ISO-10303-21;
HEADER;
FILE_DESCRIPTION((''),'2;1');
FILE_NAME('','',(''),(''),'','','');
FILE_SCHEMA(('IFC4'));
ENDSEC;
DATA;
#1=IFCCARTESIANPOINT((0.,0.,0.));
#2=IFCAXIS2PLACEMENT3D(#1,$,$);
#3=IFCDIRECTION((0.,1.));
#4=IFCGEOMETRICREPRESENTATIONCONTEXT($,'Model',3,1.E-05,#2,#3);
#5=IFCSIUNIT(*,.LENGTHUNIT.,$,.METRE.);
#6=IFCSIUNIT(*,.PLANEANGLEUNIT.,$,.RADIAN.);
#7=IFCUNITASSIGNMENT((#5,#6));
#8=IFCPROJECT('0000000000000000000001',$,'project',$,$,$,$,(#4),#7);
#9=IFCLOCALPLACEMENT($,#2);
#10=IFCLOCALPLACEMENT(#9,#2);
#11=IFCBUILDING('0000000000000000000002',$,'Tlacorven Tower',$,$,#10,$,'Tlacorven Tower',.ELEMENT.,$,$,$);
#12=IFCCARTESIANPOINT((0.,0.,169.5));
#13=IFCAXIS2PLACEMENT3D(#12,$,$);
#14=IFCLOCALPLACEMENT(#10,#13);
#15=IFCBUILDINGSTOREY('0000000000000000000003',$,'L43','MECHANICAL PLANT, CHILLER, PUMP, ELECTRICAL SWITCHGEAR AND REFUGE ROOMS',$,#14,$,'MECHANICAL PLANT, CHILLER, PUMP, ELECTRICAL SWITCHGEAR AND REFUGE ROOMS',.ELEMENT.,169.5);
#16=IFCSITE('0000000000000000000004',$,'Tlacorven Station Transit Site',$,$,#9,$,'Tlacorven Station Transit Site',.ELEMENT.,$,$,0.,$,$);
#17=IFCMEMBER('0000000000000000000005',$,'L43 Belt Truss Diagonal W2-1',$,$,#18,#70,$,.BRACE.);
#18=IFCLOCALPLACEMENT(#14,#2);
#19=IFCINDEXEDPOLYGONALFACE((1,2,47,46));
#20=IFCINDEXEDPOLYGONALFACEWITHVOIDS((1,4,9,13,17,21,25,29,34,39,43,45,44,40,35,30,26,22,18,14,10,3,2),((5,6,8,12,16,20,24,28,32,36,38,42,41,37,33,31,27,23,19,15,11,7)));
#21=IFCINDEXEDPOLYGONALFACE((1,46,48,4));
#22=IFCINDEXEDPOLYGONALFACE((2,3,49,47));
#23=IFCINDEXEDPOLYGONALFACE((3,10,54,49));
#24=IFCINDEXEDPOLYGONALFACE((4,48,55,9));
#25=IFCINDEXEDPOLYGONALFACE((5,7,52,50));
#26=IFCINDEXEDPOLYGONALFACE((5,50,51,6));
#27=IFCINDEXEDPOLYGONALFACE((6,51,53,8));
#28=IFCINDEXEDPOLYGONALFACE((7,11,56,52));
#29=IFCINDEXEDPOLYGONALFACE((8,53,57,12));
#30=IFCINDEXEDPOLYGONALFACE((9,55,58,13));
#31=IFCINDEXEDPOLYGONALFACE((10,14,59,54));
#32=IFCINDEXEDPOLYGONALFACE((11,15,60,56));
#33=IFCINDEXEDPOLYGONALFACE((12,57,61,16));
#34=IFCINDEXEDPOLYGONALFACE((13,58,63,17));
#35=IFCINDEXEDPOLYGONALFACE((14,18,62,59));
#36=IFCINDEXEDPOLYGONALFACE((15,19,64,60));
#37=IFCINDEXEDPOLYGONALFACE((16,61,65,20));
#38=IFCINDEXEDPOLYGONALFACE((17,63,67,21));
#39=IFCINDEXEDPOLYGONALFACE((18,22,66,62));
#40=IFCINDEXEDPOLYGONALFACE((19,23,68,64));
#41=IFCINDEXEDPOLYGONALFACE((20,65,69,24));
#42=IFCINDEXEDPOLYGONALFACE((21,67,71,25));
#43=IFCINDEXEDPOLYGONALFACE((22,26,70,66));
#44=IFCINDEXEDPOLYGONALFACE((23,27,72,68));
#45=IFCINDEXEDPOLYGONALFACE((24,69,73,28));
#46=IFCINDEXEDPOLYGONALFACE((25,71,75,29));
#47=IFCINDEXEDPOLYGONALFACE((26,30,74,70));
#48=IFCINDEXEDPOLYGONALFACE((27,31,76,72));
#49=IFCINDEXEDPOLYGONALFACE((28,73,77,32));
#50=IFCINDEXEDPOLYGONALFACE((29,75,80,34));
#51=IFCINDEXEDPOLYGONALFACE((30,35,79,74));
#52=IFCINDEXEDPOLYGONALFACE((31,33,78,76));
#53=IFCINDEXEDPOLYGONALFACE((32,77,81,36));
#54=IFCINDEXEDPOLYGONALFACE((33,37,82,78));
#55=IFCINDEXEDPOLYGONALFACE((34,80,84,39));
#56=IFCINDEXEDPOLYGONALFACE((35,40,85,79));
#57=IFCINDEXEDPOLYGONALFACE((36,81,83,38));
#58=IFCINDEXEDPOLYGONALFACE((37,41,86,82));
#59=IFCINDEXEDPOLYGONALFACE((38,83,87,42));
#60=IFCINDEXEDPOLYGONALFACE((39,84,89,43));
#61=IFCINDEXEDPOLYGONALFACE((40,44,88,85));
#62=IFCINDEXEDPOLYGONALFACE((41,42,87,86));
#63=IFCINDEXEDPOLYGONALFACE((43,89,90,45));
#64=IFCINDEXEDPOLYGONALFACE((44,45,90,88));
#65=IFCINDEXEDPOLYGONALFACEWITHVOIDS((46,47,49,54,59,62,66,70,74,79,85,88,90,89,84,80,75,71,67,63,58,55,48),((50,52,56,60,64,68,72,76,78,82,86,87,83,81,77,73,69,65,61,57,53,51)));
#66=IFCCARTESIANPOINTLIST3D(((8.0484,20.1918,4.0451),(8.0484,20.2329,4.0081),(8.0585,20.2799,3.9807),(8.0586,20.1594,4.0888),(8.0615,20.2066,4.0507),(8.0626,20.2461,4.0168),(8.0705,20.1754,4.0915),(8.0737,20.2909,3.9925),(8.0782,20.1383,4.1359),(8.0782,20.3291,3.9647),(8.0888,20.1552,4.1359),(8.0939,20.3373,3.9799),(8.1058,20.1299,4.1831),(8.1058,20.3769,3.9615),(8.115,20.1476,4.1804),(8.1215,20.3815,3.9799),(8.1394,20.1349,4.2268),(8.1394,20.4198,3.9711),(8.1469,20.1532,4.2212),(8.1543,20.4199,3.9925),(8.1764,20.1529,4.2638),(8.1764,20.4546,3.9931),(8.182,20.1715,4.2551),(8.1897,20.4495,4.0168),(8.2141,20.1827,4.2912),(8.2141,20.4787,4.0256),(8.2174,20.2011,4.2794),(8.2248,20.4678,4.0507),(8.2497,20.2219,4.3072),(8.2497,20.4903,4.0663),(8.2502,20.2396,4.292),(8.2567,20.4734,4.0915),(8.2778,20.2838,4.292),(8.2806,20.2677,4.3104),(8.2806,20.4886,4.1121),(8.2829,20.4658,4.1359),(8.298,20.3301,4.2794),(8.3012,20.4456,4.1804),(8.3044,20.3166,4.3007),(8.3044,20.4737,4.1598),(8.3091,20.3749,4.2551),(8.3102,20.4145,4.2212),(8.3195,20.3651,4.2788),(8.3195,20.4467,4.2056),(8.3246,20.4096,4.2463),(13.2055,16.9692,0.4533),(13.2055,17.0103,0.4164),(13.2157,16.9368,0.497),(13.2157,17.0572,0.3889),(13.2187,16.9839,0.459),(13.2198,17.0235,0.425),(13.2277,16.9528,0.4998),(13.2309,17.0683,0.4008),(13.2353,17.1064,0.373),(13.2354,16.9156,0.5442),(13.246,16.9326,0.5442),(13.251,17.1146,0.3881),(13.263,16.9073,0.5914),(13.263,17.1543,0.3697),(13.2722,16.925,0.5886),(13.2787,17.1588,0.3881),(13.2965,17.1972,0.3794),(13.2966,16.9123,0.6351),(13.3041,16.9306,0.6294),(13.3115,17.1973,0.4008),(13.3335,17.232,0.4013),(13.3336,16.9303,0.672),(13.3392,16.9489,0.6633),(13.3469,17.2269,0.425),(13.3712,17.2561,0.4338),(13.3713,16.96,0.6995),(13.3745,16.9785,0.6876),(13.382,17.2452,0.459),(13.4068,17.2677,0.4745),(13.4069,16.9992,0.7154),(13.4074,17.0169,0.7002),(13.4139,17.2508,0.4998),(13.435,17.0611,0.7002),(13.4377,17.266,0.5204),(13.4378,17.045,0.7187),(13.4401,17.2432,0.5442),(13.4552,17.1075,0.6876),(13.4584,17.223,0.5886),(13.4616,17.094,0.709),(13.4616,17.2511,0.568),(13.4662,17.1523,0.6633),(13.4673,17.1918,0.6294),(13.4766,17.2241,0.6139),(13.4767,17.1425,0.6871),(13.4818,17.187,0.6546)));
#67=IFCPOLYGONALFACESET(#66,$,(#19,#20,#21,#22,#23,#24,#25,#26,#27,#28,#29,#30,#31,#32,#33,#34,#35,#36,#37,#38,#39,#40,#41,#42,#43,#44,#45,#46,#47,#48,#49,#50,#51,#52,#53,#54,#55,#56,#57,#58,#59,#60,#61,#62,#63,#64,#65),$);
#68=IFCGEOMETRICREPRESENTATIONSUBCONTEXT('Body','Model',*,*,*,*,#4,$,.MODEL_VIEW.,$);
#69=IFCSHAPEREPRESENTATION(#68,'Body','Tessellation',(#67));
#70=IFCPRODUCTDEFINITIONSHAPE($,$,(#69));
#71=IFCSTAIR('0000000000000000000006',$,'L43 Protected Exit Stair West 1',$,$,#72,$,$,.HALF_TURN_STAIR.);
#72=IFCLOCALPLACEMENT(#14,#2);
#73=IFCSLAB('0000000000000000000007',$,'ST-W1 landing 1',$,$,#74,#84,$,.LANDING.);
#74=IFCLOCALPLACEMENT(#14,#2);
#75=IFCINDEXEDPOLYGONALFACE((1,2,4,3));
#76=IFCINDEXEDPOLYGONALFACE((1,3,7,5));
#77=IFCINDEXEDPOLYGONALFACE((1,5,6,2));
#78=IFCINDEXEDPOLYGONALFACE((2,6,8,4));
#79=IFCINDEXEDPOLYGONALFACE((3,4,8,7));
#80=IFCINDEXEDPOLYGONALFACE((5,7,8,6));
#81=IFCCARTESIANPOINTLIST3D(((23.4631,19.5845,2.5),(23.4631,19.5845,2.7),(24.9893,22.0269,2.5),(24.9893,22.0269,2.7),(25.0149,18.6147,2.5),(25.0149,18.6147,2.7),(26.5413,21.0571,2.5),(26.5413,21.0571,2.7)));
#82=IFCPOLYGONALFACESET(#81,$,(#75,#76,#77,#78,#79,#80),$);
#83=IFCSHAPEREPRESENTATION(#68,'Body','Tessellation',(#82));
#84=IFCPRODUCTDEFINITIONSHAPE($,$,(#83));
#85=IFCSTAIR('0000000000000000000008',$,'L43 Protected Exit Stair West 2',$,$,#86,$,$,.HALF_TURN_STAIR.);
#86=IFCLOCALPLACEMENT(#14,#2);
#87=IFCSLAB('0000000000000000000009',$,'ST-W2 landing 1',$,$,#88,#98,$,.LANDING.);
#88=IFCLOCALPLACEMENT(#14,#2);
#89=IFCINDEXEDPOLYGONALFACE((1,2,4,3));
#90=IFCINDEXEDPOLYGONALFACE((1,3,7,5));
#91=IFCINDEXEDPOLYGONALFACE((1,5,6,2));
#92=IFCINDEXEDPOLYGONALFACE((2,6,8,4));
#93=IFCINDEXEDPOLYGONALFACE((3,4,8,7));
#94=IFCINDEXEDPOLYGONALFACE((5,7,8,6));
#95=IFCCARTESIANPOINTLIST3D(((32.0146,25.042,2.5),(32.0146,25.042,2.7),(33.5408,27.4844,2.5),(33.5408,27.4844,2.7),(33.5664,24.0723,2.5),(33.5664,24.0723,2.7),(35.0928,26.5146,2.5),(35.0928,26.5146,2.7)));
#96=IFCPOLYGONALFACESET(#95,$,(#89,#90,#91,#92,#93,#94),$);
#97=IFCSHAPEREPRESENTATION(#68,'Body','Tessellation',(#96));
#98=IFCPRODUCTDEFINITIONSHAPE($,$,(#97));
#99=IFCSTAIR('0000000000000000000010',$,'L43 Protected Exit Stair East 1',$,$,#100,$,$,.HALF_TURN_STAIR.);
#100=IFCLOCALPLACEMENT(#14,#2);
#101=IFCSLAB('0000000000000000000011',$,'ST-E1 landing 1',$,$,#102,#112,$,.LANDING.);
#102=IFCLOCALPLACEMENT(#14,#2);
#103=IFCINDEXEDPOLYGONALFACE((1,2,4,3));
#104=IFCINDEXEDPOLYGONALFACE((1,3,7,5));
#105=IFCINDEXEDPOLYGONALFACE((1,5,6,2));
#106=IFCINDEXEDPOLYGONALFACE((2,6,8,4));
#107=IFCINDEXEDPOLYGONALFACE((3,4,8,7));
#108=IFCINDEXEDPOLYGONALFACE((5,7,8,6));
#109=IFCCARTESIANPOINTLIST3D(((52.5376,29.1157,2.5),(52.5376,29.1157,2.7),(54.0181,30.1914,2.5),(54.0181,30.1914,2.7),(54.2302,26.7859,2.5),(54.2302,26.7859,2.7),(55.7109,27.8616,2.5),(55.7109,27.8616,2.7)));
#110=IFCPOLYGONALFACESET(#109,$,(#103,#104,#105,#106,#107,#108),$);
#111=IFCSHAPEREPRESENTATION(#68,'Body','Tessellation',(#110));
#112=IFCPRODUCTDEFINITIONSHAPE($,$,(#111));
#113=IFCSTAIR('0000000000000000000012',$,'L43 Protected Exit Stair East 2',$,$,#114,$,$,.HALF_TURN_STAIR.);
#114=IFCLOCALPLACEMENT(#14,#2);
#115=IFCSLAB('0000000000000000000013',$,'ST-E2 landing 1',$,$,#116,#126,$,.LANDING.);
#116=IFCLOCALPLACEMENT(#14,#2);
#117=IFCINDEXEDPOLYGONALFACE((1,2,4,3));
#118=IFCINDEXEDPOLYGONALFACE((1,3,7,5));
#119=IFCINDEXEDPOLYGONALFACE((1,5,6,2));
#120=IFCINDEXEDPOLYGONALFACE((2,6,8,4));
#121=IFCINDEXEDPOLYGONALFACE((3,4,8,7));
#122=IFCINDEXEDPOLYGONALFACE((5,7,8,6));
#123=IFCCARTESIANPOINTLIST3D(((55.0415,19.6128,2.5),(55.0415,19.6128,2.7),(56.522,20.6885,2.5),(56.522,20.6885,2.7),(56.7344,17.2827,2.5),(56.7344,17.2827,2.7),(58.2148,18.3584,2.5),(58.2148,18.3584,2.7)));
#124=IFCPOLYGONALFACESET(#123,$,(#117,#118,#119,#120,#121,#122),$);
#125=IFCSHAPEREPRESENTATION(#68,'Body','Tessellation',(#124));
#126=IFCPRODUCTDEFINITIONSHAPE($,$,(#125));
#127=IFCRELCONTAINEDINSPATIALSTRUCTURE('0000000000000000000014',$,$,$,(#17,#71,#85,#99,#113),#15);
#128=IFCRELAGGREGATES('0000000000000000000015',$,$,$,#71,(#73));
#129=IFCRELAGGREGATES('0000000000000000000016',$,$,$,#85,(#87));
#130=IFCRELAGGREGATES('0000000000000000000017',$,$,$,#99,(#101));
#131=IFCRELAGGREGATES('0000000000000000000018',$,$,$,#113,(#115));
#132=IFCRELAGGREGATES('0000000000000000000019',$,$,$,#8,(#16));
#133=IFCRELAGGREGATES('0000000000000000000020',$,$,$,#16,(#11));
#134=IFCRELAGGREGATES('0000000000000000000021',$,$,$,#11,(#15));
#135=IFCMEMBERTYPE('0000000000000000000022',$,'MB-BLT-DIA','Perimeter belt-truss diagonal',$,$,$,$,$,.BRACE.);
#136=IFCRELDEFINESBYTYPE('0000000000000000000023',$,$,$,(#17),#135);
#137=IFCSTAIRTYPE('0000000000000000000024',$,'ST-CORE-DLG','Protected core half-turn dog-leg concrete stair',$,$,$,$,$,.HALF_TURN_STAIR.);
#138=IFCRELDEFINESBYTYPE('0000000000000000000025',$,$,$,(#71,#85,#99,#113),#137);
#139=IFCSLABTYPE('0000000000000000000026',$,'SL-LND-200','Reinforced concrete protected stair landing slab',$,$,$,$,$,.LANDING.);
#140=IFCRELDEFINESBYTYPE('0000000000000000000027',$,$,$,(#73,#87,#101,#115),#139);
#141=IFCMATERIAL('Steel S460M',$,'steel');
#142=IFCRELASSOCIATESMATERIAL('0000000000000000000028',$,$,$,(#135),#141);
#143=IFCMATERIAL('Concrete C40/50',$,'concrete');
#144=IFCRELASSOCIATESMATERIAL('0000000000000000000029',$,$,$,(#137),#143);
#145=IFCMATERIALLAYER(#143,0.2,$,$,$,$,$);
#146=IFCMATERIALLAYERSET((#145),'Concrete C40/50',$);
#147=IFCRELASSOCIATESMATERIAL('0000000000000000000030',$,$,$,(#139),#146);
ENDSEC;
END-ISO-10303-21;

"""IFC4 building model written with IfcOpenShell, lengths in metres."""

from ifc_helpers import new_model, si_unit, direction, frame, origin, origin_2d, place, context, subcontext, project, spatial, polyline, hollow_circle, outline, extrude, source, transform, mapped, material, layer, layer_set, material_profile, profile_set, type_object, element, aggregate, save


model = new_model("IFC4")

# Units and contexts
model_context = context("Model", 3, precision=1e-05, world=origin(), true_north=direction((0.0, 1.0)))
body_context = subcontext(model_context, "Body", "Model", "MODEL_VIEW")
ifc_project = project(units=[si_unit("LENGTHUNIT", "METRE"), si_unit("PLANEANGLEUNIT", "RADIAN")], contexts=[model_context])

# Site, building, storey
site_placement = place(None, origin())
site = spatial("IfcSite", under=ifc_project, at=site_placement, Name="Tlacorven Station Transit Site", LongName="Tlacorven Station Transit Site", CompositionType="ELEMENT", RefElevation=0.0)
building_placement = place(site_placement, origin())
building = spatial("IfcBuilding", under=site, at=building_placement, Name="Tlacorven Tower", LongName="Tlacorven Tower", CompositionType="ELEMENT")
storey_placement = place(building_placement, frame((0.0, 0.0, 169.5)))
storey = spatial("IfcBuildingStorey", under=building, at=storey_placement, Name="L43", Description="MECHANICAL PLANT, CHILLER, PUMP, ELECTRICAL SWITCHGEAR AND REFUGE ROOMS", LongName="MECHANICAL PLANT, CHILLER, PUMP, ELECTRICAL SWITCHGEAR AND REFUGE ROOMS", CompositionType="ELEMENT", Elevation=169.5)

# Shared definitions
ifc_material_1 = material(Name="Steel S460M", Category="steel")

# Member
ifc_material_profile_1 = material_profile(ifc_material_1, hollow_circle(Radius=0.2031, WallThickness=0.02, at=origin_2d()), Name="CHS 406.4X20")
ifc_profile_set_1 = profile_set([ifc_material_profile_1], Name="Steel S460M")
member_type_1 = type_object("IfcMemberType", Name="MB-BLT-DIA", Description="Perimeter belt-truss diagonal", PredefinedType="BRACE", material=ifc_profile_set_1)
shared_shape_1 = source(origin(), body_context, "Body", "SweptSolid", [
    extrude(hollow_circle(Radius=0.2031, WallThickness=0.02, at=origin_2d()), origin(), (0.0, 0.0, 1.0), 7.0627),
])
member_1_placement = place(storey_placement, frame((13.343, 17.0879, 0.5442), z_axis=(-0.730193, 0.456284, 0.50855), x_axis=(-0.529927, -0.848043, 0.0)))
element("IfcMember", 1, at=member_1_placement, inside=storey, type_object=member_type_1, Name="L43 Belt Truss Diagonal W2-1", PredefinedType="BRACE", context=body_context, shape_type="MappedRepresentation", body=[
    mapped(shared_shape_1, transform((0.0, 0.0, 0.0), scale=1.0)),
])

# Stairs, slabs
ifc_material_2 = material(Name="Concrete C40/50", Category="concrete")
stair_type = type_object("IfcStairType", Name="ST-CORE-DLG", Description="Protected core half-turn dog-leg concrete stair", PredefinedType="HALF_TURN_STAIR", material=ifc_material_2)
stair_1_placement = place(storey_placement, origin())
stair_1 = element("IfcStair", 2, at=stair_1_placement, inside=storey, type_object=stair_type, Name="L43 Protected Exit Stair West 1", PredefinedType="HALF_TURN_STAIR")
ifc_layer_1 = layer(ifc_material_2, 0.2)
ifc_layer_set_1 = layer_set([ifc_layer_1], Name="Concrete C40/50")
slab_type_1 = type_object("IfcSlabType", Name="SL-LND-200", Description="Reinforced concrete protected stair landing slab", PredefinedType="LANDING", material=ifc_layer_set_1)
slab_1_placement = place(storey_placement, frame((0.0, 0.0, 2.5)))
slab_1 = element("IfcSlab", 3, at=slab_1_placement, type_object=slab_type_1, Name="ST-W1 landing 1", PredefinedType="LANDING", context=body_context, shape_type="SweptSolid", body=[
    extrude(outline(polyline([(26.5413, 21.0571), (24.9893, 22.0269), (23.4631, 19.5845), (25.0149, 18.6147), (26.5413, 21.0571)])), origin(), (0.0, 0.0, 1.0), 0.2),
])
aggregate(stair_1, [slab_1])
stair_2_placement = place(storey_placement, origin())
stair_2 = element("IfcStair", 4, at=stair_2_placement, inside=storey, type_object=stair_type, Name="L43 Protected Exit Stair West 2", PredefinedType="HALF_TURN_STAIR")
slab_2_placement = place(storey_placement, frame((0.0, 0.0, 2.5)))
slab_2 = element("IfcSlab", 5, at=slab_2_placement, type_object=slab_type_1, Name="ST-W2 landing 1", PredefinedType="LANDING", context=body_context, shape_type="SweptSolid", body=[
    extrude(outline(polyline([(35.0928, 26.5146), (33.5408, 27.4844), (32.0146, 25.042), (33.5664, 24.0723), (35.0928, 26.5146)])), origin(), (0.0, 0.0, 1.0), 0.2),
])
aggregate(stair_2, [slab_2])
stair_3_placement = place(storey_placement, origin())
stair_3 = element("IfcStair", 6, at=stair_3_placement, inside=storey, type_object=stair_type, Name="L43 Protected Exit Stair East 1", PredefinedType="HALF_TURN_STAIR")
slab_3_placement = place(storey_placement, frame((0.0, 0.0, 2.5)))
slab_3 = element("IfcSlab", 7, at=slab_3_placement, type_object=slab_type_1, Name="ST-E1 landing 1", PredefinedType="LANDING", context=body_context, shape_type="SweptSolid", body=[
    extrude(outline(polyline([(54.2302, 26.7859), (55.7109, 27.8616), (54.0181, 30.1914), (52.5376, 29.1157), (54.2302, 26.7859)])), origin(), (0.0, 0.0, 1.0), 0.2),
])
aggregate(stair_3, [slab_3])
stair_4_placement = place(storey_placement, origin())
stair_4 = element("IfcStair", 8, at=stair_4_placement, inside=storey, type_object=stair_type, Name="L43 Protected Exit Stair East 2", PredefinedType="HALF_TURN_STAIR")
slab_4_placement = place(storey_placement, frame((0.0, 0.0, 2.5)))
slab_4 = element("IfcSlab", 9, at=slab_4_placement, type_object=slab_type_1, Name="ST-E2 landing 1", PredefinedType="LANDING", context=body_context, shape_type="SweptSolid", body=[
    extrude(outline(polyline([(56.7344, 17.2827), (58.2148, 18.3584), (56.522, 20.6885), (55.0415, 19.6128), (56.7344, 17.2827)])), origin(), (0.0, 0.0, 1.0), 0.2),
])
aggregate(stair_4, [slab_4])

save(model, "model.ifc")
